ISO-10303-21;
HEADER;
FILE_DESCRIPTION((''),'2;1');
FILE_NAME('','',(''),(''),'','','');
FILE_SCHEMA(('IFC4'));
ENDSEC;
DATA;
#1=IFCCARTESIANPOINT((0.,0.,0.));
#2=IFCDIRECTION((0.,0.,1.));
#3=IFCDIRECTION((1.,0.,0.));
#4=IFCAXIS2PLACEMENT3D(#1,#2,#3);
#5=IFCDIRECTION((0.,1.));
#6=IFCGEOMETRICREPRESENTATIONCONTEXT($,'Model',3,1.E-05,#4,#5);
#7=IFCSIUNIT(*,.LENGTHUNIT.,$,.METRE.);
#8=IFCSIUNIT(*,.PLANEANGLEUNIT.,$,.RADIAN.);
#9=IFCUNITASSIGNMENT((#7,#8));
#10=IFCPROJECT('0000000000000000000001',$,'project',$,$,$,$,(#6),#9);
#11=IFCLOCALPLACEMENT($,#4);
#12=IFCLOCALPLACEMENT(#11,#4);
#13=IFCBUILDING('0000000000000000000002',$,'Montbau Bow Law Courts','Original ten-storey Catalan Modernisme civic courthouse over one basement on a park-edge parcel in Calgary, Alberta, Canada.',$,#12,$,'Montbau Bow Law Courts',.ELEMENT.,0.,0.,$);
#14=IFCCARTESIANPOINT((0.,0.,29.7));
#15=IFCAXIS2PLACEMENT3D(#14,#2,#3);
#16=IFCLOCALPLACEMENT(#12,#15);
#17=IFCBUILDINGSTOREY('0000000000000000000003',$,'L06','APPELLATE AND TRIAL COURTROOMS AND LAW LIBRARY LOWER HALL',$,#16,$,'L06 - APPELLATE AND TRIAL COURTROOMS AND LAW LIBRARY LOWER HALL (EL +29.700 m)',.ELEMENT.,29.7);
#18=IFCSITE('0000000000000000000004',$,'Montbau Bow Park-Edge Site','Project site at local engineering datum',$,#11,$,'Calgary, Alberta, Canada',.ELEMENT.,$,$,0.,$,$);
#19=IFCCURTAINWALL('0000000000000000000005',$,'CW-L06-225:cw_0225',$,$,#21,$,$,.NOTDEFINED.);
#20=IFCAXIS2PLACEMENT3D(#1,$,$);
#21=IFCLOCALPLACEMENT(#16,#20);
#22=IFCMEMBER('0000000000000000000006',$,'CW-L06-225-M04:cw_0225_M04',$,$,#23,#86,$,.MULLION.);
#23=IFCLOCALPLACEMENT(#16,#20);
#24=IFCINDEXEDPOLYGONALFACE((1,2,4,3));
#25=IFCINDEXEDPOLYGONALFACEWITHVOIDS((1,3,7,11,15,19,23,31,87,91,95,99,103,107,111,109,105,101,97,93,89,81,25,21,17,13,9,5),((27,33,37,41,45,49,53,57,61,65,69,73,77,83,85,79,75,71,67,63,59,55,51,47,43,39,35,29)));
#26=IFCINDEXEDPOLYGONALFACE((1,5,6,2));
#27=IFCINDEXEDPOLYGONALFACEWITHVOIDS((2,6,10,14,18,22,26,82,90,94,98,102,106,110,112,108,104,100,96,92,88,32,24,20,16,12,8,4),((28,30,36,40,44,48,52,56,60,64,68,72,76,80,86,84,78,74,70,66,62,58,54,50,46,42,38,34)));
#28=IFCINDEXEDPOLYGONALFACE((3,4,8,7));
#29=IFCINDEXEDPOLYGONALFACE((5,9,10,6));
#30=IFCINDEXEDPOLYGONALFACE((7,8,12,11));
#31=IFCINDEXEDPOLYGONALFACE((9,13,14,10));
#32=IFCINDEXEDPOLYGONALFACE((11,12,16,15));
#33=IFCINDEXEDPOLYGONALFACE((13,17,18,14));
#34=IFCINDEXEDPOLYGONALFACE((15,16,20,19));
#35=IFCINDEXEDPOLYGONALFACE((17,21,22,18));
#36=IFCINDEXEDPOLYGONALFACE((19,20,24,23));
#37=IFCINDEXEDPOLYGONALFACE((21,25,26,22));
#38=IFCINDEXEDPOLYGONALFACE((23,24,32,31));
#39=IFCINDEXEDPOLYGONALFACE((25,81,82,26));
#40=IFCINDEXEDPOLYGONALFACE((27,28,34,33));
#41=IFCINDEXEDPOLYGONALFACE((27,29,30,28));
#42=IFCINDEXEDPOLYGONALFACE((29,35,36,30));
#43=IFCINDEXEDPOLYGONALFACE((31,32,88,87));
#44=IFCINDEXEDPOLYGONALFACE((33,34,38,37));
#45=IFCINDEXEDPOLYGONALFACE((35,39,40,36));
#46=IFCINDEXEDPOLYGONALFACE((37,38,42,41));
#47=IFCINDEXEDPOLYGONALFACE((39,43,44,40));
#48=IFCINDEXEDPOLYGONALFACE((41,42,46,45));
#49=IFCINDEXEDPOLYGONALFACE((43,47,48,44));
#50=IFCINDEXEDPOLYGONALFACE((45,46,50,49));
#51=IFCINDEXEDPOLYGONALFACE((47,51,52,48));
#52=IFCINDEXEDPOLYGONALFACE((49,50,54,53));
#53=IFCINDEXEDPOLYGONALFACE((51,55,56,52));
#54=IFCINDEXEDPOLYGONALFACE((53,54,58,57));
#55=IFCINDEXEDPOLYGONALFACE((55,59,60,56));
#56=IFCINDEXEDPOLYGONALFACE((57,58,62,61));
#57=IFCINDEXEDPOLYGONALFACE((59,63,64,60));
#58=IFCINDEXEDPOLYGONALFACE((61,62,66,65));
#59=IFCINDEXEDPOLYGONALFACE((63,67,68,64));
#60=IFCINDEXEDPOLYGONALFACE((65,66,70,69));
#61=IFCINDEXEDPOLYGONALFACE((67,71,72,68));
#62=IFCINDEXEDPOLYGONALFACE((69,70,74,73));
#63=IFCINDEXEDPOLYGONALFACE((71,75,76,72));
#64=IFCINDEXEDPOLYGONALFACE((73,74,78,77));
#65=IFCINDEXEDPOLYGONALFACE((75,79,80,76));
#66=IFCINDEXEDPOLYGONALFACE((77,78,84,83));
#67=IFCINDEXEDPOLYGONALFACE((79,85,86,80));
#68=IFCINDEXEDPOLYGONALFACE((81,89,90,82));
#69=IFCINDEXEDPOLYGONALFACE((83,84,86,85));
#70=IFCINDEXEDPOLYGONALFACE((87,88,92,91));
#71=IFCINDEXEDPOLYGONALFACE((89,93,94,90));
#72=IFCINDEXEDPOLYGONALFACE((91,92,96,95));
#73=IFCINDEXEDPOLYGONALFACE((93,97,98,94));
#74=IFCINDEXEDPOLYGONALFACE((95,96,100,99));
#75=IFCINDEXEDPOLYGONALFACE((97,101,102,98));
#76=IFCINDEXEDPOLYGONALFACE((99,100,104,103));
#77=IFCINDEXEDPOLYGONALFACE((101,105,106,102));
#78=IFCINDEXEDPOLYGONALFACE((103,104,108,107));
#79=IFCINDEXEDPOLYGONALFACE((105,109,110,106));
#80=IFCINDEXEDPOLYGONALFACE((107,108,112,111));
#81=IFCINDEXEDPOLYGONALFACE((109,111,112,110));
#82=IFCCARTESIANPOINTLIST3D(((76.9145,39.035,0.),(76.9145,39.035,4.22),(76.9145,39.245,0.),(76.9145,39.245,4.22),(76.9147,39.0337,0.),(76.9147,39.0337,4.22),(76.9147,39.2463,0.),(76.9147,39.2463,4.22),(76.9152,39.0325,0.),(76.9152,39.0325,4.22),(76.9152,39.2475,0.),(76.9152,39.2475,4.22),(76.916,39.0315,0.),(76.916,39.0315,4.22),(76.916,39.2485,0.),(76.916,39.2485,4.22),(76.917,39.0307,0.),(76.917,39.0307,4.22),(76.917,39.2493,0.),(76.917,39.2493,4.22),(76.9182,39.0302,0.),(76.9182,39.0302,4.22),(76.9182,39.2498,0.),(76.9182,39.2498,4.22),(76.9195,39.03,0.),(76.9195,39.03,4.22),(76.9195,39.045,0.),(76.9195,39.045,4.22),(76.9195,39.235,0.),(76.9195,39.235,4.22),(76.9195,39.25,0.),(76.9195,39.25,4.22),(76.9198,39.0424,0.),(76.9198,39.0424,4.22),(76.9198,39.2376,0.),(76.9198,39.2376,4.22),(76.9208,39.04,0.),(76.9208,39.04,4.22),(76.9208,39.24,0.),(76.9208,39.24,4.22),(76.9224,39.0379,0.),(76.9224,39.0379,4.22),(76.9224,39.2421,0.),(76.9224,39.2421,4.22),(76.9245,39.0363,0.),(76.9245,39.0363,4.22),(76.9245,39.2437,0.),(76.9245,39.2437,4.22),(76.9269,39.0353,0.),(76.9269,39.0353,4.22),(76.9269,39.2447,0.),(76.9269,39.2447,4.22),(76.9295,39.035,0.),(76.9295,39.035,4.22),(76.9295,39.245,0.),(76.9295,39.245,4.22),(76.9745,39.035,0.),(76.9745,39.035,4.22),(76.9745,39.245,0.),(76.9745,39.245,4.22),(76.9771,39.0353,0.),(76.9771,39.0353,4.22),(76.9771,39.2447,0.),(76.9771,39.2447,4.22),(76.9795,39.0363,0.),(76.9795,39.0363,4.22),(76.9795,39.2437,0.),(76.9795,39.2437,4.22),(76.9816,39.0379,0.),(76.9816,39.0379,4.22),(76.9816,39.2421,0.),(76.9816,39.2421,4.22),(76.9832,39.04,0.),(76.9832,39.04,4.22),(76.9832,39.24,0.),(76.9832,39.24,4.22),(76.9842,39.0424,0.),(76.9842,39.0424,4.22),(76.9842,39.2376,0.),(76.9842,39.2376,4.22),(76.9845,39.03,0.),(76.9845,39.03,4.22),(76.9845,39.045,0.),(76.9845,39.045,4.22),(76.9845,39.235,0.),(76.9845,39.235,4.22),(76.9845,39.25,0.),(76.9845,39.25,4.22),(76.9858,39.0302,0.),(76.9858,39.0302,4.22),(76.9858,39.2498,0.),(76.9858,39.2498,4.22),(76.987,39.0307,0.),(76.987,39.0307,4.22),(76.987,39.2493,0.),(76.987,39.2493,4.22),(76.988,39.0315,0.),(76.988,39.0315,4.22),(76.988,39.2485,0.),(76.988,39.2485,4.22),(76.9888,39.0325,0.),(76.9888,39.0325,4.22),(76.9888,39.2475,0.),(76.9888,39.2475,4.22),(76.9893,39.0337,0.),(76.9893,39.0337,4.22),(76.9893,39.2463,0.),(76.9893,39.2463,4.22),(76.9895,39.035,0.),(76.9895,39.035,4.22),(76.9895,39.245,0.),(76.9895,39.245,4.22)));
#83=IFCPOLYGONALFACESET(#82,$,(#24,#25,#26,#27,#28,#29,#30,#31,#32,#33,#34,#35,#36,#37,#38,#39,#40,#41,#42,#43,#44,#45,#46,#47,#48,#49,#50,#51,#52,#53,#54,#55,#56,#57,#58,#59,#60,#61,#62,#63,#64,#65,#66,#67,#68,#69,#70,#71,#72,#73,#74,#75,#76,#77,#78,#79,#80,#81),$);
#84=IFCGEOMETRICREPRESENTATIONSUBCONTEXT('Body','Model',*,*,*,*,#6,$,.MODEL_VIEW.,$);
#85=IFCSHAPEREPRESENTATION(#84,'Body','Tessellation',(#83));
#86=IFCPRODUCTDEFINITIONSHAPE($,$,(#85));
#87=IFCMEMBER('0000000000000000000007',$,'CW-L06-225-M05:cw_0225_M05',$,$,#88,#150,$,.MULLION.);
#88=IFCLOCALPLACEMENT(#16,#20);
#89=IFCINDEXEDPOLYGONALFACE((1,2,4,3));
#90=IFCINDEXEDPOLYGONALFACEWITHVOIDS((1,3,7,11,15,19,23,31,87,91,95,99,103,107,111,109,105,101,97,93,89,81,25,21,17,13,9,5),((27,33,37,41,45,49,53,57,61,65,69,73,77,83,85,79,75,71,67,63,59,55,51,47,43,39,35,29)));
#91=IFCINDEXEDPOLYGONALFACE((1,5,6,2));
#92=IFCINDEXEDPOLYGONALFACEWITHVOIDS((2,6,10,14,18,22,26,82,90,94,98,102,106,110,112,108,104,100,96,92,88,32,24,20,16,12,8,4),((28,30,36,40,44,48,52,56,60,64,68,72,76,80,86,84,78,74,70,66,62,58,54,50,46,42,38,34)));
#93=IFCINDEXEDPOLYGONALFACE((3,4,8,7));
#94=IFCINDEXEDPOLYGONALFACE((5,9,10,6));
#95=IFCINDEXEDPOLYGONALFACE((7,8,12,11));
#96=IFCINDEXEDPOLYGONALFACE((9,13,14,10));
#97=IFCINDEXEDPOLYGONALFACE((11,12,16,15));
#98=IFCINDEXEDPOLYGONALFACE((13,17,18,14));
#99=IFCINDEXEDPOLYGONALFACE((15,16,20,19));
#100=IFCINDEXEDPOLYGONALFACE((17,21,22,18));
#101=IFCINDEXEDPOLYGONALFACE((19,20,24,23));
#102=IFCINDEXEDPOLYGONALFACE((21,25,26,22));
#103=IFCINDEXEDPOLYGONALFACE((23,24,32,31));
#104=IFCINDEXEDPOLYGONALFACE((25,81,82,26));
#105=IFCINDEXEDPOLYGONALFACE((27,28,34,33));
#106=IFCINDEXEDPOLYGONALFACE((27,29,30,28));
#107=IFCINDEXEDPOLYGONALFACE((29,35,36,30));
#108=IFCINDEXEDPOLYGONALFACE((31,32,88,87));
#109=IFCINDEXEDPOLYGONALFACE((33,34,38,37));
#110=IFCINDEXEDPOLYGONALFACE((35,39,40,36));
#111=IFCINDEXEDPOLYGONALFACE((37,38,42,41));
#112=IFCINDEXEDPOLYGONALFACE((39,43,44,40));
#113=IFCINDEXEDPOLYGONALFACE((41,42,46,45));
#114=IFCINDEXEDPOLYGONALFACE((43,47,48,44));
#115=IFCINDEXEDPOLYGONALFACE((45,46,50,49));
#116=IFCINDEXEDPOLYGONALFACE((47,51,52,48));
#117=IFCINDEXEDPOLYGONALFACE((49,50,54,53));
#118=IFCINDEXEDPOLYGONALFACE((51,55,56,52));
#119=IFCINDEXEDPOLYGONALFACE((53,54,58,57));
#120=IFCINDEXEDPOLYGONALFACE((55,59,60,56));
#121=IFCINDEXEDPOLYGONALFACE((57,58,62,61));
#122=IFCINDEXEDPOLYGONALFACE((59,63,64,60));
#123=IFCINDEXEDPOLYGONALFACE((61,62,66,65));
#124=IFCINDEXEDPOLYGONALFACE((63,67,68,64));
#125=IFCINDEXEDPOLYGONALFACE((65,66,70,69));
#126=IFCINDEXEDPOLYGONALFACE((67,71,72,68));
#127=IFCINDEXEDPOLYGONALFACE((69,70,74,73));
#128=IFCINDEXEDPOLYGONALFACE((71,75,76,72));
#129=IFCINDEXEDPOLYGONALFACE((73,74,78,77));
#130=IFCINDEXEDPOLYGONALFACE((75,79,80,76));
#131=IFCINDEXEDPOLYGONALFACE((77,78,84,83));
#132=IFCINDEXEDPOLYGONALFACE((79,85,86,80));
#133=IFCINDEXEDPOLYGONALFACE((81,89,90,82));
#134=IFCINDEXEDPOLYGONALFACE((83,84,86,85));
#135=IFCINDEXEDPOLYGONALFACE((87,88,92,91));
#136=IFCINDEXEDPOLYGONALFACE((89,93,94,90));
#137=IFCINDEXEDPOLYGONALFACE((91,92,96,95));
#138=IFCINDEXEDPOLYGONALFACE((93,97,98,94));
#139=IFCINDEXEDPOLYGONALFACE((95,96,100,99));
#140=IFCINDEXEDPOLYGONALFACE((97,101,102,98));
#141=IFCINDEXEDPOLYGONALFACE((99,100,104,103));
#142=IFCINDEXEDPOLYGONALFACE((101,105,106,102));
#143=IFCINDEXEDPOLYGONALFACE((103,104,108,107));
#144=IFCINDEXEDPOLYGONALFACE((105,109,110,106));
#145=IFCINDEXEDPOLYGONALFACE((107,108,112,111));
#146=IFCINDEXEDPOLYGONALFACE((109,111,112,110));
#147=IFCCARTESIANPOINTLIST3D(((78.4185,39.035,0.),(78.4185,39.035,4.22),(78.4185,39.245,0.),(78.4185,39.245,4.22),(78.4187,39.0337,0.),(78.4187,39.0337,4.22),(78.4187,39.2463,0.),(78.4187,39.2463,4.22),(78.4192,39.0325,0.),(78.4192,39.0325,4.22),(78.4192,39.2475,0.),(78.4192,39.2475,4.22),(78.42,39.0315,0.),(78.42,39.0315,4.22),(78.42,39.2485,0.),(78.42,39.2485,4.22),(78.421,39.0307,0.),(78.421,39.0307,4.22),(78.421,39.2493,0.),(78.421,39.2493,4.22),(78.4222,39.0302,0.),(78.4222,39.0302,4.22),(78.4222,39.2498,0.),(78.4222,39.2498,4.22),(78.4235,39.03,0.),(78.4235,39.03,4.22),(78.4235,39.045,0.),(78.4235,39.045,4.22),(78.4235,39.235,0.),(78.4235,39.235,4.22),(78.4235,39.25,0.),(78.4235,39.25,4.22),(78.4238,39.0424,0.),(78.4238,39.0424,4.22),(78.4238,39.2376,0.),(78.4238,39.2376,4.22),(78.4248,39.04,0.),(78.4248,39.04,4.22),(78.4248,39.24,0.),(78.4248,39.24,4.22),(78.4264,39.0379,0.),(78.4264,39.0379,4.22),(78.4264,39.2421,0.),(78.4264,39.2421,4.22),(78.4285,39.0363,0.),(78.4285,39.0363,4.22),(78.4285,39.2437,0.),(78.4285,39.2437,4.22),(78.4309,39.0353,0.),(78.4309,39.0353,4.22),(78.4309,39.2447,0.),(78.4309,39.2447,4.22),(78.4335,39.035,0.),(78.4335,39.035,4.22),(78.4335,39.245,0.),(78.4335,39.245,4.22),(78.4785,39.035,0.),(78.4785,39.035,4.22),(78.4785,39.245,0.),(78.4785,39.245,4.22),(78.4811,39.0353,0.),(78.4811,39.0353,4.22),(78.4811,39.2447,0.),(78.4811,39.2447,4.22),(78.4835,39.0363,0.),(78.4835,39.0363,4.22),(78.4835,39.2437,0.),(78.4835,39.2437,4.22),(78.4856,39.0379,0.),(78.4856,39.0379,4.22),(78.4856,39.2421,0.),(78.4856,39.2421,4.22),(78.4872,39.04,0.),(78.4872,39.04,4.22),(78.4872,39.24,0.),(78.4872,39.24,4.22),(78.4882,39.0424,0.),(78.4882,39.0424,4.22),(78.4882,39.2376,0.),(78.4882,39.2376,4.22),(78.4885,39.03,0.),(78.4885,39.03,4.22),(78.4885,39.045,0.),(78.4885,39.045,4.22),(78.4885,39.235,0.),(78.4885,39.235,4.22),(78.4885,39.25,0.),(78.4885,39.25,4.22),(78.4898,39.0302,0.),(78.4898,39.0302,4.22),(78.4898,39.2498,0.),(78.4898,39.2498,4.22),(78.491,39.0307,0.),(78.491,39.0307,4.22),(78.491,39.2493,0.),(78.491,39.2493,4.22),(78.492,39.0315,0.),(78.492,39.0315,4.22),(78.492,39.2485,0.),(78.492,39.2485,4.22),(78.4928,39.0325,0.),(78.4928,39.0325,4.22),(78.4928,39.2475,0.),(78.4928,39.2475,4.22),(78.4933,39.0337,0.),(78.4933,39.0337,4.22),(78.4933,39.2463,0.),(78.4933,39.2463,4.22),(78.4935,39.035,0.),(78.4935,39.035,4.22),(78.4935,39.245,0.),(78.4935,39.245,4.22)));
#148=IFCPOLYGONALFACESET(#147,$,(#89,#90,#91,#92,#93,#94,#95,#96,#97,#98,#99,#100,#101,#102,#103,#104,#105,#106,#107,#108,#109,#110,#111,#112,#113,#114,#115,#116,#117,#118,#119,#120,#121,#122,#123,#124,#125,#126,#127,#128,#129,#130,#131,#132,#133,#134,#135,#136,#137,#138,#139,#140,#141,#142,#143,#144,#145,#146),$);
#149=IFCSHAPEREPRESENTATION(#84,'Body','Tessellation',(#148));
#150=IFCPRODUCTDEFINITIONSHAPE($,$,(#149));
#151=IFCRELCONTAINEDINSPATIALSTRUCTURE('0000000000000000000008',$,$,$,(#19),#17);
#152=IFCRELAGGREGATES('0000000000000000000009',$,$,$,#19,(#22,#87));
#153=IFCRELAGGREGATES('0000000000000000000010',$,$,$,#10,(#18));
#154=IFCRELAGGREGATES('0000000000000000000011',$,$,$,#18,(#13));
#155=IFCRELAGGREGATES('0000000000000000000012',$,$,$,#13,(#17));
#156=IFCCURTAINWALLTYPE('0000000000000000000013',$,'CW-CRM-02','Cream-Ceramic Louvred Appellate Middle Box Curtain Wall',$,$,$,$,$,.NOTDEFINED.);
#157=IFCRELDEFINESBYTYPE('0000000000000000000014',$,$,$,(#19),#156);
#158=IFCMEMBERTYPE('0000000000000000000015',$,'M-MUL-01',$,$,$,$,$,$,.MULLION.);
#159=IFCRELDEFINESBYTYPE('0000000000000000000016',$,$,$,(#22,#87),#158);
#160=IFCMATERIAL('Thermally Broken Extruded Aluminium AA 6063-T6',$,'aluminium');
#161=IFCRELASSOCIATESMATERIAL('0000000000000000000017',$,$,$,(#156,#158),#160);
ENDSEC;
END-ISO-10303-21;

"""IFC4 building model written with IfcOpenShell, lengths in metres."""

from ifc_helpers import new_model, si_unit, direction, frame, origin_with_axes, origin_2d_with_axis, place, context, subcontext, project, spatial, hollow_rectangle, extrude, material, material_profile, profile_set, type_object, element, aggregate, save


model = new_model("IFC4")

# Units and contexts
model_context = context("Model", 3, precision=1e-05, world=origin_with_axes(), true_north=direction((0.0, 1.0)))
body_context = subcontext(model_context, "Body", "Model", "MODEL_VIEW")
ifc_project = project(units=[si_unit("LENGTHUNIT", "METRE"), si_unit("PLANEANGLEUNIT", "RADIAN")], contexts=[model_context])

# Site, building, storey
site_placement = place(None, origin_with_axes())
site = spatial("IfcSite", under=ifc_project, at=site_placement, Name="Montbau Bow Park-Edge Site", Description="Project site at local engineering datum", LongName="Calgary, Alberta, Canada", CompositionType="ELEMENT", RefElevation=0.0)
building_placement = place(site_placement, origin_with_axes())
building = spatial("IfcBuilding", under=site, at=building_placement, Name="Montbau Bow Law Courts", Description="Original ten-storey Catalan Modernisme civic courthouse over one basement on a park-edge parcel in Calgary, Alberta, Canada.", LongName="Montbau Bow Law Courts", CompositionType="ELEMENT", ElevationOfRefHeight=0.0, ElevationOfTerrain=0.0)
storey_placement = place(building_placement, frame((0.0, 0.0, 29.7), z_axis=(0.0, 0.0, 1.0), x_axis=(1.0, 0.0, 0.0)))
storey = spatial("IfcBuildingStorey", under=building, at=storey_placement, Name="L06", Description="APPELLATE AND TRIAL COURTROOMS AND LAW LIBRARY LOWER HALL", LongName="L06 - APPELLATE AND TRIAL COURTROOMS AND LAW LIBRARY LOWER HALL (EL +29.700 m)", CompositionType="ELEMENT", Elevation=29.7)

# Curtain wall, members
ifc_material_1 = material(Name="Thermally Broken Extruded Aluminium AA 6063-T6", Category="aluminium")
curtain_wall_type = type_object("IfcCurtainWallType", Name="CW-CRM-02", Description="Cream-Ceramic Louvred Appellate Middle Box Curtain Wall", PredefinedType="NOTDEFINED", material=ifc_material_1)
curtain_wall_placement = place(None, frame((72.44, 39.14, 29.7), z_axis=(0.0, 0.0, 1.0), x_axis=(1.0, 0.0, 0.0)))
curtain_wall = element("IfcCurtainWall", 1, at=curtain_wall_placement, inside=storey, type_object=curtain_wall_type, Name="CW-L06-225:cw_0225", PredefinedType="NOTDEFINED")
ifc_material_profile_1 = material_profile(ifc_material_1, hollow_rectangle(XDim=0.075, YDim=0.22, WallThickness=0.005, InnerFilletRadius=0.01, OuterFilletRadius=0.005, at=origin_2d_with_axis()), Name="CWM-220X75", Category="Main", Priority=0)
ifc_profile_set_1 = profile_set([ifc_material_profile_1], Name="Thermally Broken Extruded Aluminium AA 6063-T6")
member_type_1 = type_object("IfcMemberType", Name="M-MUL-01", PredefinedType="MULLION", material=ifc_profile_set_1)
member_1_placement = place(None, frame((76.952, 39.14, 29.7), z_axis=(0.0, 0.0, 1.0), x_axis=(1.0, 0.0, 0.0)))
member_1 = element("IfcMember", 2, at=member_1_placement, type_object=member_type_1, Name="CW-L06-225-M04:cw_0225_M04", PredefinedType="MULLION", context=body_context, shape_type="SweptSolid", body=[
    extrude(hollow_rectangle(XDim=0.075, YDim=0.22, WallThickness=0.005, InnerFilletRadius=0.01, OuterFilletRadius=0.005, at=origin_2d_with_axis()), origin_with_axes(), (0.0, 0.0, 1.0), 4.22),
])
member_2_placement = place(None, frame((78.456, 39.14, 29.7), z_axis=(0.0, 0.0, 1.0), x_axis=(1.0, 0.0, 0.0)))
member_2 = element("IfcMember", 3, at=member_2_placement, type_object=member_type_1, Name="CW-L06-225-M05:cw_0225_M05", PredefinedType="MULLION", context=body_context, shape_type="SweptSolid", body=[
    extrude(hollow_rectangle(XDim=0.075, YDim=0.22, WallThickness=0.005, InnerFilletRadius=0.01, OuterFilletRadius=0.005, at=origin_2d_with_axis()), origin_with_axes(), (0.0, 0.0, 1.0), 4.22),
])
aggregate(curtain_wall, [member_1, member_2])

save(model, "model.ifc")
